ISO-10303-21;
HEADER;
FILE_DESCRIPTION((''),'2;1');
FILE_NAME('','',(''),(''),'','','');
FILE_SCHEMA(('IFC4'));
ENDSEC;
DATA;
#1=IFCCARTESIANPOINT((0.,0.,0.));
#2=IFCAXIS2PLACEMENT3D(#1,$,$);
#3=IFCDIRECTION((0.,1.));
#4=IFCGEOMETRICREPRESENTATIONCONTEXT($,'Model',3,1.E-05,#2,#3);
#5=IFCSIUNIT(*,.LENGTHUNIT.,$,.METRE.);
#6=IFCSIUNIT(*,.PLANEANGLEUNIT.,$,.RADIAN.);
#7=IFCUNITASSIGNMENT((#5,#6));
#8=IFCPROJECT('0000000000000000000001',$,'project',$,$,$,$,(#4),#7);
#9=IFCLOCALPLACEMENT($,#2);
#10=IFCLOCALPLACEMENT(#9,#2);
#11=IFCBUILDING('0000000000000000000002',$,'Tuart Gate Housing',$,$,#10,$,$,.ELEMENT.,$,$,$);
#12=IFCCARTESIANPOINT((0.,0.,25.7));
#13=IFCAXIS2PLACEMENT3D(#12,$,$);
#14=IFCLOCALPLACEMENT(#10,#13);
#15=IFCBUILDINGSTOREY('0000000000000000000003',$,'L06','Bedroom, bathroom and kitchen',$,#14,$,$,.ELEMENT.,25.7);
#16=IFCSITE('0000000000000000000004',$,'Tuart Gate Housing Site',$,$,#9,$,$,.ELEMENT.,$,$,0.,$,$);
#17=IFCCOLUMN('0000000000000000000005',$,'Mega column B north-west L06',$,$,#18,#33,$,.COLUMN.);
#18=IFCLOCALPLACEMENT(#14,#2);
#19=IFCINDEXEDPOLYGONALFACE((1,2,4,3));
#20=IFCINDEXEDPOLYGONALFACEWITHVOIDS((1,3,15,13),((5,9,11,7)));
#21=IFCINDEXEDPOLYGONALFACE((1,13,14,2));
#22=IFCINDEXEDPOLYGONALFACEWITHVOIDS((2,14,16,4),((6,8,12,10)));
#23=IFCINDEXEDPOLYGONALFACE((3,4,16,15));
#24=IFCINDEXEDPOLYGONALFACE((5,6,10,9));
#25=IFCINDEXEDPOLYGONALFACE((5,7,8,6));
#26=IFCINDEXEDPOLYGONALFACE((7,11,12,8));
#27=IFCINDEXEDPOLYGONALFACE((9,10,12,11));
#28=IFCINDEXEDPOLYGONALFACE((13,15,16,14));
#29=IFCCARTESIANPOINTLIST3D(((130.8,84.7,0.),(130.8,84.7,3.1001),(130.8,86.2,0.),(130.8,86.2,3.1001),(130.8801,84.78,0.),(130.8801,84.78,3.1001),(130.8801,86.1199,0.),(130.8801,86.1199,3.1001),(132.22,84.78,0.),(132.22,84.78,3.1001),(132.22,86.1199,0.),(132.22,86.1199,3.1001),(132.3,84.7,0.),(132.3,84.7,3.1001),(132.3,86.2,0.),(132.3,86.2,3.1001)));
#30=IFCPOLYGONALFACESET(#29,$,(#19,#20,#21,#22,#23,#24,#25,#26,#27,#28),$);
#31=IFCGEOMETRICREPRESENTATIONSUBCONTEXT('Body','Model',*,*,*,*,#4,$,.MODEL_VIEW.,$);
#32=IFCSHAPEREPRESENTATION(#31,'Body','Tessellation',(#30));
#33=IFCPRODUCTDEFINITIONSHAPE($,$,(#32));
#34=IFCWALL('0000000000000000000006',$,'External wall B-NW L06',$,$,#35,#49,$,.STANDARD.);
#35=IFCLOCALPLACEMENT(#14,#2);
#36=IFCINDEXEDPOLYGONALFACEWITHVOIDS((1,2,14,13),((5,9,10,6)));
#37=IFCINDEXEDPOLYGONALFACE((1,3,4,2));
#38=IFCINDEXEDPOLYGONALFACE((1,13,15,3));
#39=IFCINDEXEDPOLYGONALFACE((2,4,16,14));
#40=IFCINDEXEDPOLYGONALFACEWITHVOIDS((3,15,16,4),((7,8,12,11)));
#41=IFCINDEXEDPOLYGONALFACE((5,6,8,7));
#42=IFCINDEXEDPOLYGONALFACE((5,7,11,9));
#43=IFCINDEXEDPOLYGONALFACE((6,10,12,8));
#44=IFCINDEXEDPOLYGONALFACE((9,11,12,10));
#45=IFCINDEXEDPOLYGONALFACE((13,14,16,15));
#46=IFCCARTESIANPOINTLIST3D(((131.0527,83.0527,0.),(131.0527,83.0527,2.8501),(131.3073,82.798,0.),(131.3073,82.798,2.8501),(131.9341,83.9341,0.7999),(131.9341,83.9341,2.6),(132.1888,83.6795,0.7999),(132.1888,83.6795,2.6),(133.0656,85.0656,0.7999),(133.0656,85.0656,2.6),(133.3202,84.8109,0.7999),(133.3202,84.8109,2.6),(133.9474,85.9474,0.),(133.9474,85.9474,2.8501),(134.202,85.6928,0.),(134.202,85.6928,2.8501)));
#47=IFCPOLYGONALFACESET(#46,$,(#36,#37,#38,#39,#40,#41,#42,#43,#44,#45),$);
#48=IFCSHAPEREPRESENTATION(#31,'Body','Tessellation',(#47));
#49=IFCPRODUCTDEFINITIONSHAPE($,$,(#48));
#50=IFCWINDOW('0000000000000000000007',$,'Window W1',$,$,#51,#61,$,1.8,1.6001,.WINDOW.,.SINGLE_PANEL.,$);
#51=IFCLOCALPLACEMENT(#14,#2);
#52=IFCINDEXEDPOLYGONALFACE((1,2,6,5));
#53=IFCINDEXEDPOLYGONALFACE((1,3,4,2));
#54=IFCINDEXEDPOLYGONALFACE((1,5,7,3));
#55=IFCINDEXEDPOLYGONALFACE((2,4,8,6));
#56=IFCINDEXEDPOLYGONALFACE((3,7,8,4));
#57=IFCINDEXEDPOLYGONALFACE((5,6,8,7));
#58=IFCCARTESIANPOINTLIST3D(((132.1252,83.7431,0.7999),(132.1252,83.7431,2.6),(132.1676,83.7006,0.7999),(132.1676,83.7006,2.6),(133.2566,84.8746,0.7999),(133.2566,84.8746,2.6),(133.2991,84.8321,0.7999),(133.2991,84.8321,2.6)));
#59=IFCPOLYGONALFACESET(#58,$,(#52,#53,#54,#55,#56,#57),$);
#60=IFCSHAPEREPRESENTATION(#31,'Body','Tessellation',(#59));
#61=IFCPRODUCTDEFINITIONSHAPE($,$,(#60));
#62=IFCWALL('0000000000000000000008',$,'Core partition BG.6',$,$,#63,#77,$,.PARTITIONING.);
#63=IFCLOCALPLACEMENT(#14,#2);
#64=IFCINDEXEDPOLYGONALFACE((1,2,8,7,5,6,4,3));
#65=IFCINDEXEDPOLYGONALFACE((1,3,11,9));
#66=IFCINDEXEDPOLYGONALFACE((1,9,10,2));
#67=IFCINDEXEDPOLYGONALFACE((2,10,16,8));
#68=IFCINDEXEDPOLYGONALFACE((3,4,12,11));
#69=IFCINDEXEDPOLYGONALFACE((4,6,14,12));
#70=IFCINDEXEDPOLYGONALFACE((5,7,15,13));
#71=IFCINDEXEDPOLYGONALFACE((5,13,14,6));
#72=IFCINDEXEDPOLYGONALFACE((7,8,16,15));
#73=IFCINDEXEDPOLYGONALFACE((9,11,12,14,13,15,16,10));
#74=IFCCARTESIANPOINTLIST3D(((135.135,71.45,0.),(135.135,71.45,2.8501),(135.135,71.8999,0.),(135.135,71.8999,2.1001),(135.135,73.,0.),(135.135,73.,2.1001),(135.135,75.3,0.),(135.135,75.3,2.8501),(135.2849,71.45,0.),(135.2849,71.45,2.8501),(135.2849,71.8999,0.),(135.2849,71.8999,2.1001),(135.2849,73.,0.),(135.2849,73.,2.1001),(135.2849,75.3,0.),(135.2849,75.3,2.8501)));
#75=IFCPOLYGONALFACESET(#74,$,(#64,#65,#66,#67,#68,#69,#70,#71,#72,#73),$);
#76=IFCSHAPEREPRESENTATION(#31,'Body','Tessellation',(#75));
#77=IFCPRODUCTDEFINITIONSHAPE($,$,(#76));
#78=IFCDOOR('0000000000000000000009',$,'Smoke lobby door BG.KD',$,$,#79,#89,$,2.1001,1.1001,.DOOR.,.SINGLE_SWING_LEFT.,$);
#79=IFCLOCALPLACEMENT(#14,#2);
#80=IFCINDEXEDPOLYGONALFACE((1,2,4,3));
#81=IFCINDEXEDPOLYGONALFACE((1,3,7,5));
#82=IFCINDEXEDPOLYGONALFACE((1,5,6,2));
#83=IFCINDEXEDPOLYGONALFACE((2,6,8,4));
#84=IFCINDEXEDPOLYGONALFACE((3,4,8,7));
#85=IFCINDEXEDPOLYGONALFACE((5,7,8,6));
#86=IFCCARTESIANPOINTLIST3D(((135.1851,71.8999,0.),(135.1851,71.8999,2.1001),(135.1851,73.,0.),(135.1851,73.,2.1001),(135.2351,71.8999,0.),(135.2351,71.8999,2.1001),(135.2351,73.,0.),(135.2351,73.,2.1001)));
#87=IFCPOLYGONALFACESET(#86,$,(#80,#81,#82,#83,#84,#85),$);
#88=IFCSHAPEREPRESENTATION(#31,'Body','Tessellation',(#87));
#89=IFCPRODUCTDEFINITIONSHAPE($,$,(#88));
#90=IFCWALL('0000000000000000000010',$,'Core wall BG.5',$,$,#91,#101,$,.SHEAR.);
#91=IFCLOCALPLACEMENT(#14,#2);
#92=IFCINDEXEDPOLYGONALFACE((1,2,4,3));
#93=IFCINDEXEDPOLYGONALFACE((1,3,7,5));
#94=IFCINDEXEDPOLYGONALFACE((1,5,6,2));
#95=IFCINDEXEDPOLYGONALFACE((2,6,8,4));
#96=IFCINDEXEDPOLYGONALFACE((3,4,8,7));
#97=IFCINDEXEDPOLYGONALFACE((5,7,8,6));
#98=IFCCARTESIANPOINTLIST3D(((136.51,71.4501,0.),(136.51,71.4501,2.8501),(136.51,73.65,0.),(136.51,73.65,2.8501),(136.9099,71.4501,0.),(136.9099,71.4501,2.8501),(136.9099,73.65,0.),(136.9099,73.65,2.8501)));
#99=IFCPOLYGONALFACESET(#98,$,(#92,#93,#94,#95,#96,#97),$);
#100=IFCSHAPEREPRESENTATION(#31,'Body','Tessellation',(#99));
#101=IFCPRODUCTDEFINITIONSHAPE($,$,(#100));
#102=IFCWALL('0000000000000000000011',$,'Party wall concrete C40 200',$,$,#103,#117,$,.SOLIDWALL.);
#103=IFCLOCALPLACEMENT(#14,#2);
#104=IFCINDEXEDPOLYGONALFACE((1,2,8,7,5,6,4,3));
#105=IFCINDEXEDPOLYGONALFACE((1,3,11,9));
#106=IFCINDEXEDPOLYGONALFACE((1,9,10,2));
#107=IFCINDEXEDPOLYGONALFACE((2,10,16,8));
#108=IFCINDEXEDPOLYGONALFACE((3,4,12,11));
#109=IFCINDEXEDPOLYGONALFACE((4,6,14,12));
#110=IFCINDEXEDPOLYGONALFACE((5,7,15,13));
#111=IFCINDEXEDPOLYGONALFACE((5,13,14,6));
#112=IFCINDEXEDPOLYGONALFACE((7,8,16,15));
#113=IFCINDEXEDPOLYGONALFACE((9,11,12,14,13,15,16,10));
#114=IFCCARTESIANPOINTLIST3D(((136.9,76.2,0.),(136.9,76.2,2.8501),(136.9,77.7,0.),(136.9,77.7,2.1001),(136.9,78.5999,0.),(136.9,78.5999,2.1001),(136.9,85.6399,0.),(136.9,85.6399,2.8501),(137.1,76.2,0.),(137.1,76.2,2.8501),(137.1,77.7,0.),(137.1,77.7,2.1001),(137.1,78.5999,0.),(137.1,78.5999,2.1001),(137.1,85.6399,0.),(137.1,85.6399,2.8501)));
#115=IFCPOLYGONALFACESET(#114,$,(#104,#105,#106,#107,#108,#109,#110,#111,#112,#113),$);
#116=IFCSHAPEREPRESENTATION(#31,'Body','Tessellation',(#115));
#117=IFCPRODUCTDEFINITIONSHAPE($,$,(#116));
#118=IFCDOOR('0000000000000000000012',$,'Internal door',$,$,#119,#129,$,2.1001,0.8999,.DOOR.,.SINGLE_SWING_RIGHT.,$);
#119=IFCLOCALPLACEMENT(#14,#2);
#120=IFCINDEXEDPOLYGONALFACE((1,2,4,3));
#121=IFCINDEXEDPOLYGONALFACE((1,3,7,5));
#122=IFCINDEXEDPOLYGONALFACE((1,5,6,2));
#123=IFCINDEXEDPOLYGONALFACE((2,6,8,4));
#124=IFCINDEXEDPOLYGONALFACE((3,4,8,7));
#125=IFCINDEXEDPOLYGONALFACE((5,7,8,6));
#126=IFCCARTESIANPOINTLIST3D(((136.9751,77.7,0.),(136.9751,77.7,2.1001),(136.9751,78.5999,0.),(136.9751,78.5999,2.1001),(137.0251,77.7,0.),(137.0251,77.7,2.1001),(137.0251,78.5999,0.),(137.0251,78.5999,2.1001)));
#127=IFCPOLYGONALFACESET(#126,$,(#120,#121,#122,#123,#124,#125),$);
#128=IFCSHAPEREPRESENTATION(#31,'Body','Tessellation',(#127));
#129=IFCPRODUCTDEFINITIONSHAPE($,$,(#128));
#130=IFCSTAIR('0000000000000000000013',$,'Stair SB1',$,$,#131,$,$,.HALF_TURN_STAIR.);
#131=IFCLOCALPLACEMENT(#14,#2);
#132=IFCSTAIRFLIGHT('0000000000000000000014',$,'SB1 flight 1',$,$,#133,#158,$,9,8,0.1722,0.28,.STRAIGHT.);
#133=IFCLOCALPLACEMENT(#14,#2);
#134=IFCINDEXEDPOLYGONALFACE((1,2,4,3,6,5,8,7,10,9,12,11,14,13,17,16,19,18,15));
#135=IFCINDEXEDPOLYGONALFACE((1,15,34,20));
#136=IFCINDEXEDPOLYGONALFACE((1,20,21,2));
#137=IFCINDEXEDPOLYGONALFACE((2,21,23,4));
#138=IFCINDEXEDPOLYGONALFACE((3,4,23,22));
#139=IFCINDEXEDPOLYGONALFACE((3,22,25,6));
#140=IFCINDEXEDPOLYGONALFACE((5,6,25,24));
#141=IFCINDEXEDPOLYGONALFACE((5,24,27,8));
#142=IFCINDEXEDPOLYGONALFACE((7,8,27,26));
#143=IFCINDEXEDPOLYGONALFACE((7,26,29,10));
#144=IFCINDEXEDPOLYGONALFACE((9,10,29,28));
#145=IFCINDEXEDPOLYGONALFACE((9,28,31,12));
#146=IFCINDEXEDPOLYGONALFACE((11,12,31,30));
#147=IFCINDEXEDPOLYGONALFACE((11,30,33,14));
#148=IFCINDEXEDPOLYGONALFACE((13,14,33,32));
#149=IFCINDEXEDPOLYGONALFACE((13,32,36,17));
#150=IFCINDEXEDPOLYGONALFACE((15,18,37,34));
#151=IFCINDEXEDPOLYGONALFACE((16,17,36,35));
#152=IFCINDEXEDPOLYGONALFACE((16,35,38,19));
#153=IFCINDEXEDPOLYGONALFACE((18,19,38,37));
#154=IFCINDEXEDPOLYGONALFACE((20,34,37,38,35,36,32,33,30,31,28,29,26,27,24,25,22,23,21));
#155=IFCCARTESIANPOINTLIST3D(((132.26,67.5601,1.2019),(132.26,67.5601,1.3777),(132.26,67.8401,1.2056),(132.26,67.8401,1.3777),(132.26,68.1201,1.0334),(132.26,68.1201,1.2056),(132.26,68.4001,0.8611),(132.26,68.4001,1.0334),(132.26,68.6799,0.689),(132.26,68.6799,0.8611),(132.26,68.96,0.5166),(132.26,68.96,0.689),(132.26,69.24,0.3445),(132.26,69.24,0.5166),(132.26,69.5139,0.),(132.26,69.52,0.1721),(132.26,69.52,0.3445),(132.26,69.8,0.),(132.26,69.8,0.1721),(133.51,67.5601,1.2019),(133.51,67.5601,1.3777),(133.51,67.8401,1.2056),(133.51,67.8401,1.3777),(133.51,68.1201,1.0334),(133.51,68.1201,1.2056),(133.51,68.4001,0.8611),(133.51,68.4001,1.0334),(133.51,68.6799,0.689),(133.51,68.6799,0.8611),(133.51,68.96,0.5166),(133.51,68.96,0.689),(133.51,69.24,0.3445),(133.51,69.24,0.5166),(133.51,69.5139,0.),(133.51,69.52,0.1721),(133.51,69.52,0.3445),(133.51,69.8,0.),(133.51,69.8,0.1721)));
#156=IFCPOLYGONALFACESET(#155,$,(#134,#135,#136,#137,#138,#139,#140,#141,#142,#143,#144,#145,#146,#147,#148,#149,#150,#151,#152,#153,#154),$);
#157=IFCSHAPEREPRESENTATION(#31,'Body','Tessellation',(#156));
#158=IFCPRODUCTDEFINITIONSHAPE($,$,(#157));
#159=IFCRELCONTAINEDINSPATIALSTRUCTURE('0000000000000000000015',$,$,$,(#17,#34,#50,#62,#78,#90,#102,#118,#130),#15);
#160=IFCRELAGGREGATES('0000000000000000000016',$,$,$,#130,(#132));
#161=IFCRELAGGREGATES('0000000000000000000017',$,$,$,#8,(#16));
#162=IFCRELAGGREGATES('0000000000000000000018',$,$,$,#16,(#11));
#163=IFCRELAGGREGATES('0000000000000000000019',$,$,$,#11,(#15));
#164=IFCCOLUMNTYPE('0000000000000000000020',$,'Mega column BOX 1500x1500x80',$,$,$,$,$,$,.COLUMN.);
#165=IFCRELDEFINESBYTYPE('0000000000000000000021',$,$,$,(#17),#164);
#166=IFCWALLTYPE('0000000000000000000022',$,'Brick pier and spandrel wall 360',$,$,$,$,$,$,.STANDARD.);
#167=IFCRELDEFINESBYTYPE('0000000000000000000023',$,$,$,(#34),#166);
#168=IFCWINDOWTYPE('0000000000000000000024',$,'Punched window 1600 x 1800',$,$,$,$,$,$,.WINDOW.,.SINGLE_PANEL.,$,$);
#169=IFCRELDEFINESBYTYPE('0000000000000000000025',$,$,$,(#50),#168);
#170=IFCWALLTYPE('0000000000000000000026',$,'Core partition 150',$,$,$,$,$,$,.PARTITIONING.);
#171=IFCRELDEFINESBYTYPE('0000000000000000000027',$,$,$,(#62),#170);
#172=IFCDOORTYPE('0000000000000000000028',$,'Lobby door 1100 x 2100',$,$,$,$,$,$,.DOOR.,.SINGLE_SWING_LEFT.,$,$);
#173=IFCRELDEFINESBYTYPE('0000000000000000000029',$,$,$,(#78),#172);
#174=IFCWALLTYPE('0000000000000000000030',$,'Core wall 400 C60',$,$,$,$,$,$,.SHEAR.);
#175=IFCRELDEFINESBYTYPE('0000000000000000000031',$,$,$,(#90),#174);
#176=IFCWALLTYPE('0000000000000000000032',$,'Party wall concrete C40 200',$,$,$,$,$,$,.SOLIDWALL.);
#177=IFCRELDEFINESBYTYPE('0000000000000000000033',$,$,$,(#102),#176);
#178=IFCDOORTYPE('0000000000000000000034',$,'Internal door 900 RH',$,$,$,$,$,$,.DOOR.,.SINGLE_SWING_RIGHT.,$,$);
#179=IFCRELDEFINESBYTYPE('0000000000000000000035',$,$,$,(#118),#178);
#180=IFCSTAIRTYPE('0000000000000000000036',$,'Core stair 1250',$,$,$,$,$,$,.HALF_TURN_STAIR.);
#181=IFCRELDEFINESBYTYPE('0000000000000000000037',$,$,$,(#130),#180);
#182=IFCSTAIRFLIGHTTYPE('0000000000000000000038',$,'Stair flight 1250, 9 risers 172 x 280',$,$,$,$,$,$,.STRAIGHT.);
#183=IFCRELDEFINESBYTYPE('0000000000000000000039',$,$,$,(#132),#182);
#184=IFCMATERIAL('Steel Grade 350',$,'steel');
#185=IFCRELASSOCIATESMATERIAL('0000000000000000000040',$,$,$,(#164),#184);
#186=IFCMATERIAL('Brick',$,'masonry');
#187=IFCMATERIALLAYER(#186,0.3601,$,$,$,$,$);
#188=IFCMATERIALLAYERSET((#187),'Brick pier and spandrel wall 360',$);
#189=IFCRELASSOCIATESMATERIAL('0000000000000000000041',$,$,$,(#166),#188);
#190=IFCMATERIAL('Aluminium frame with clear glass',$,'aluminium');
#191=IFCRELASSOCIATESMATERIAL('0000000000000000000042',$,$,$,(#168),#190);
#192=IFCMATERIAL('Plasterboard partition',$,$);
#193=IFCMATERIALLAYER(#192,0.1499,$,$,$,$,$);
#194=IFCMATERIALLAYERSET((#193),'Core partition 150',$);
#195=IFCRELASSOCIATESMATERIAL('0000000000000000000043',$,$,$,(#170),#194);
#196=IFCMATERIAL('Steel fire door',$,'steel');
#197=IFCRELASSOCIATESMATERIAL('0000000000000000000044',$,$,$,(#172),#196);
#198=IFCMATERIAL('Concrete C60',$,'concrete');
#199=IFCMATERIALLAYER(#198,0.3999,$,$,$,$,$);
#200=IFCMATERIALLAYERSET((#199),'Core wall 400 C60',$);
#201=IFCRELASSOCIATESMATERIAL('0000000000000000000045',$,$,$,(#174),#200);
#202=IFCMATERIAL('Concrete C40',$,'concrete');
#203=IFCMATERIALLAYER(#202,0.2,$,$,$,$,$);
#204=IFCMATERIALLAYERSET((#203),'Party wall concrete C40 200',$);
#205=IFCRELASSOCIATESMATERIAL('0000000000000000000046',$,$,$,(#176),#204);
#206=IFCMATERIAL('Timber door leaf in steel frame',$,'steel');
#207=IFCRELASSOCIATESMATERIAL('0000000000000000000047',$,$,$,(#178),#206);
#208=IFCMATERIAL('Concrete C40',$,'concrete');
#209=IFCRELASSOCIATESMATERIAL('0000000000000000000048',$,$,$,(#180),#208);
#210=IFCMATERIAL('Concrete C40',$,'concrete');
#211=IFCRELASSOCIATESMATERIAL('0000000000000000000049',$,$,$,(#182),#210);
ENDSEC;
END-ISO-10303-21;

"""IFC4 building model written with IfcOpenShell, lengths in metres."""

from ifc_helpers import new_model, si_unit, direction, frame, frame_2d, origin, origin_2d, place, context, subcontext, project, spatial, polyline, rectangle, hollow_rectangle, outline, extrude, material, layer, layer_set, material_profile, profile_set, type_object, element, fill, aggregate, save


model = new_model("IFC4")

# Units and contexts
model_context = context("Model", 3, precision=1e-05, world=origin(), true_north=direction((0.0, 1.0)))
body_context = subcontext(model_context, "Body", "Model", "MODEL_VIEW")
ifc_project = project(units=[si_unit("LENGTHUNIT", "METRE"), si_unit("PLANEANGLEUNIT", "RADIAN")], contexts=[model_context])

# Site, building, storey
site_placement = place(None, origin())
site = spatial("IfcSite", under=ifc_project, at=site_placement, Name="Tuart Gate Housing Site", CompositionType="ELEMENT", RefElevation=0.0)
building_placement = place(site_placement, origin())
building = spatial("IfcBuilding", under=site, at=building_placement, Name="Tuart Gate Housing", CompositionType="ELEMENT")
storey_placement = place(building_placement, frame((0.0, 0.0, 25.7)))
storey = spatial("IfcBuildingStorey", under=building, at=storey_placement, Name="L06", Description="Bedroom, bathroom and kitchen", CompositionType="ELEMENT", Elevation=25.7)

# Column
ifc_material_1 = material(Name="Steel Grade 350", Category="steel")
ifc_material_profile = material_profile(ifc_material_1, hollow_rectangle(XDim=1.5, YDim=1.5, WallThickness=0.0801, at=origin_2d()), Name="BOX 1500x1500x80")
ifc_profile_set = profile_set([ifc_material_profile], Name="Steel Grade 350")
column_type = type_object("IfcColumnType", Name="Mega column BOX 1500x1500x80", PredefinedType="COLUMN", material=ifc_profile_set)
column_placement = place(storey_placement, frame((131.55, 85.45, 0.0), z_axis=(0.0, 0.0, 1.0), x_axis=(1.0, 0.0, 0.0)))
element("IfcColumn", 1, at=column_placement, inside=storey, type_object=column_type, Name="Mega column B north-west L06", PredefinedType="COLUMN", context=body_context, shape_type="SweptSolid", body=[
    extrude(hollow_rectangle(XDim=1.5, YDim=1.5, WallThickness=0.0801, at=origin_2d()), origin(), (0.0, 0.0, 1.0), 3.1001),
])

# Wall, opening, window
ifc_material_2 = material(Name="Brick", Category="masonry")
ifc_layer_1 = layer(ifc_material_2, 0.3601)
ifc_layer_set_1 = layer_set([ifc_layer_1], Name="Brick pier and spandrel wall 360")
wall_type_1 = type_object("IfcWallType", Name="Brick pier and spandrel wall 360", PredefinedType="STANDARD", material=ifc_layer_set_1)
wall_1_placement = place(storey_placement, frame((134.0747, 85.8201, 0.0), z_axis=(0.0, 0.0, 1.0), x_axis=(-0.707107, -0.707107, 0.0)))
wall_1 = element("IfcWall", 2, at=wall_1_placement, inside=storey, type_object=wall_type_1, Name="External wall B-NW L06", PredefinedType="STANDARD", context=body_context, shape_type="SweptSolid", body=[
    extrude(rectangle(XDim=4.0938, YDim=0.3601, at=frame_2d((2.0469, 0.0))), origin(), (0.0, 0.0, 1.0), 2.8501),
])
opening_1_placement = place(wall_1_placement, frame((1.2471, 0.0, 0.8)))
opening_1 = element("IfcOpeningElement", 3, at=opening_1_placement, cuts=wall_1, PredefinedType="OPENING", context=body_context, shape_type="SweptSolid", body=[
    extrude(rectangle(XDim=1.6001, YDim=1.8, at=frame_2d((0.8, 0.8999))), frame((0.0, 0.1899, 0.0), z_axis=(0.0, -1.0, 0.0), x_axis=(1.0, 0.0, 0.0)), (0.0, 0.0, 1.0), 0.3801),
])
ifc_material_3 = material(Name="Aluminium frame with clear glass", Category="aluminium")
window_type = type_object("IfcWindowType", Name="Punched window 1600 x 1800", PartitioningType="SINGLE_PANEL", PredefinedType="WINDOW", material=ifc_material_3)
window_placement = place(opening_1_placement, origin())
window = element("IfcWindow", 4, at=window_placement, inside=storey, type_object=window_type, Name="Window W1", OverallHeight=1.8, OverallWidth=1.6001, PartitioningType="SINGLE_PANEL", PredefinedType="WINDOW", context=body_context, shape_type="SweptSolid", body=[
    extrude(rectangle(XDim=1.6001, YDim=1.8, at=frame_2d((0.8, 0.8999))), frame((0.0, 0.1501, 0.0), z_axis=(0.0, -1.0, 0.0), x_axis=(1.0, 0.0, 0.0)), (0.0, 0.0, 1.0), 0.0601),
])
fill(opening_1, window)

# Wall, opening, door
ifc_material_4 = material(Name="Plasterboard partition")
ifc_layer_2 = layer(ifc_material_4, 0.1499)
ifc_layer_set_2 = layer_set([ifc_layer_2], Name="Core partition 150")
wall_type_2 = type_object("IfcWallType", Name="Core partition 150", PredefinedType="PARTITIONING", material=ifc_layer_set_2)
wall_2_placement = place(storey_placement, frame((135.21, 71.45, 0.0), z_axis=(0.0, 0.0, 1.0), x_axis=(0.0, 1.0, 0.0)))
wall_2 = element("IfcWall", 5, at=wall_2_placement, inside=storey, type_object=wall_type_2, Name="Core partition BG.6", PredefinedType="PARTITIONING", context=body_context, shape_type="SweptSolid", body=[
    extrude(rectangle(XDim=3.8501, YDim=0.1499, at=frame_2d((1.925, 0.0))), origin(), (0.0, 0.0, 1.0), 2.8501),
])
opening_2_placement = place(wall_2_placement, frame((0.45, 0.0, 0.0)))
opening_2 = element("IfcOpeningElement", 6, at=opening_2_placement, cuts=wall_2, PredefinedType="OPENING", context=body_context, shape_type="SweptSolid", body=[
    extrude(rectangle(XDim=1.1001, YDim=2.1001, at=frame_2d((0.55, 1.05))), frame((0.0, 0.085, 0.0), z_axis=(0.0, -1.0, 0.0), x_axis=(1.0, 0.0, 0.0)), (0.0, 0.0, 1.0), 0.1699),
])
ifc_material_5 = material(Name="Steel fire door", Category="steel")
door_type_1 = type_object("IfcDoorType", Name="Lobby door 1100 x 2100", OperationType="SINGLE_SWING_LEFT", PredefinedType="DOOR", material=ifc_material_5)
door_1_placement = place(opening_2_placement, origin())
door_1 = element("IfcDoor", 7, at=door_1_placement, inside=storey, type_object=door_type_1, Name="Smoke lobby door BG.KD", OperationType="SINGLE_SWING_LEFT", OverallHeight=2.1001, OverallWidth=1.1001, PredefinedType="DOOR", context=body_context, shape_type="SweptSolid", body=[
    extrude(rectangle(XDim=1.1001, YDim=2.1001, at=frame_2d((0.55, 1.05))), frame((0.0, 0.0249, 0.0), z_axis=(0.0, -1.0, 0.0), x_axis=(1.0, 0.0, 0.0)), (0.0, 0.0, 1.0), 0.05),
])
fill(opening_2, door_1)

# Wall
ifc_material_6 = material(Name="Concrete C60", Category="concrete")
ifc_layer_3 = layer(ifc_material_6, 0.3999)
ifc_layer_set_3 = layer_set([ifc_layer_3], Name="Core wall 400 C60")
wall_type_3 = type_object("IfcWallType", Name="Core wall 400 C60", PredefinedType="SHEAR", material=ifc_layer_set_3)
wall_3_placement = place(storey_placement, frame((136.71, 71.45, 0.0), z_axis=(0.0, 0.0, 1.0), x_axis=(0.0, 1.0, 0.0)))
element("IfcWall", 8, at=wall_3_placement, inside=storey, type_object=wall_type_3, Name="Core wall BG.5", PredefinedType="SHEAR", context=body_context, shape_type="SweptSolid", body=[
    extrude(rectangle(XDim=2.2, YDim=0.3999, at=frame_2d((1.1001, 0.0))), origin(), (0.0, 0.0, 1.0), 2.8501),
])

# Wall, opening, door
ifc_material_7 = material(Name="Concrete C40", Category="concrete")
ifc_layer_4 = layer(ifc_material_7, 0.2)
ifc_layer_set_4 = layer_set([ifc_layer_4], Name="Party wall concrete C40 200")
wall_type_4 = type_object("IfcWallType", Name="Party wall concrete C40 200", PredefinedType="SOLIDWALL", material=ifc_layer_set_4)
wall_4_placement = place(storey_placement, frame((137.0, 76.2, 0.0), z_axis=(0.0, 0.0, 1.0), x_axis=(0.0, 1.0, 0.0)))
wall_4 = element("IfcWall", 9, at=wall_4_placement, inside=storey, type_object=wall_type_4, Name="Party wall concrete C40 200", PredefinedType="SOLIDWALL", context=body_context, shape_type="SweptSolid", body=[
    extrude(rectangle(XDim=9.4399, YDim=0.2, at=frame_2d((4.72, 0.0))), origin(), (0.0, 0.0, 1.0), 2.8501),
])
opening_3_placement = place(wall_4_placement, frame((1.5, 0.0, 0.0)))
opening_3 = element("IfcOpeningElement", 10, at=opening_3_placement, cuts=wall_4, PredefinedType="OPENING", context=body_context, shape_type="SweptSolid", body=[
    extrude(rectangle(XDim=0.8999, YDim=2.1001, at=frame_2d((0.45, 1.05))), frame((0.0, 0.1099, 0.0), z_axis=(0.0, -1.0, 0.0), x_axis=(1.0, 0.0, 0.0)), (0.0, 0.0, 1.0), 0.22),
])
ifc_material_8 = material(Name="Timber door leaf in steel frame", Category="steel")
door_type_2 = type_object("IfcDoorType", Name="Internal door 900 RH", OperationType="SINGLE_SWING_RIGHT", PredefinedType="DOOR", material=ifc_material_8)
door_2_placement = place(opening_3_placement, frame((0.8999, 0.0, 0.0), z_axis=(0.0, 0.0, 1.0), x_axis=(-1.0, 0.0, 0.0)))
door_2 = element("IfcDoor", 11, at=door_2_placement, inside=storey, type_object=door_type_2, Name="Internal door", OperationType="SINGLE_SWING_RIGHT", OverallHeight=2.1001, OverallWidth=0.8999, PredefinedType="DOOR", context=body_context, shape_type="SweptSolid", body=[
    extrude(rectangle(XDim=0.8999, YDim=2.1001, at=frame_2d((0.45, 1.05))), frame((0.0, 0.0251, 0.0), z_axis=(0.0, -1.0, 0.0), x_axis=(1.0, 0.0, 0.0)), (0.0, 0.0, 1.0), 0.05),
])
fill(opening_3, door_2)

# Stair, stair flight
ifc_material_9 = material(Name="Concrete C40", Category="concrete")
stair_type = type_object("IfcStairType", Name="Core stair 1250", PredefinedType="HALF_TURN_STAIR", material=ifc_material_9)
stair_placement = place(storey_placement, origin())
stair = element("IfcStair", 12, at=stair_placement, inside=storey, type_object=stair_type, Name="Stair SB1", PredefinedType="HALF_TURN_STAIR")
ifc_material_10 = material(Name="Concrete C40", Category="concrete")
stair_flight_type = type_object("IfcStairFlightType", Name="Stair flight 1250, 9 risers 172 x 280", PredefinedType="STRAIGHT", material=ifc_material_10)
stair_flight_1_placement = place(storey_placement, frame((132.885, 69.8, 0.0), z_axis=(0.0, 0.0, 1.0), x_axis=(0.0, -1.0, 0.0)))
stair_flight_1 = element("IfcStairFlight", 13, at=stair_flight_1_placement, type_object=stair_flight_type, Name="SB1 flight 1", NumberOfRisers=9, NumberOfTreads=8, PredefinedType="STRAIGHT", RiserHeight=0.1722, TreadLength=0.28, context=body_context, shape_type="SweptSolid", body=[
    extrude(outline(polyline([(0.0, 0.0), (0.0, 0.1721), (0.28, 0.1721), (0.28, 0.3445), (0.5601, 0.3445), (0.5601, 0.5166), (0.8401, 0.5166), (0.8401, 0.689), (1.1201, 0.689), (1.1201, 0.8611), (1.3999, 0.8611), (1.3999, 1.0334), (1.6799, 1.0334), (1.6799, 1.2056), (1.96, 1.2056), (1.96, 1.3777), (2.24, 1.3777), (2.24, 1.55), (2.24, 1.2019), (0.2861, 0.0), (0.0, 0.0)])), frame((0.0, 0.625, 0.0), z_axis=(0.0, -1.0, 0.0), x_axis=(1.0, 0.0, 0.0)), (0.0, 0.0, 1.0), 1.25),
])
aggregate(stair, [stair_flight_1])

save(model, "model.ifc")
